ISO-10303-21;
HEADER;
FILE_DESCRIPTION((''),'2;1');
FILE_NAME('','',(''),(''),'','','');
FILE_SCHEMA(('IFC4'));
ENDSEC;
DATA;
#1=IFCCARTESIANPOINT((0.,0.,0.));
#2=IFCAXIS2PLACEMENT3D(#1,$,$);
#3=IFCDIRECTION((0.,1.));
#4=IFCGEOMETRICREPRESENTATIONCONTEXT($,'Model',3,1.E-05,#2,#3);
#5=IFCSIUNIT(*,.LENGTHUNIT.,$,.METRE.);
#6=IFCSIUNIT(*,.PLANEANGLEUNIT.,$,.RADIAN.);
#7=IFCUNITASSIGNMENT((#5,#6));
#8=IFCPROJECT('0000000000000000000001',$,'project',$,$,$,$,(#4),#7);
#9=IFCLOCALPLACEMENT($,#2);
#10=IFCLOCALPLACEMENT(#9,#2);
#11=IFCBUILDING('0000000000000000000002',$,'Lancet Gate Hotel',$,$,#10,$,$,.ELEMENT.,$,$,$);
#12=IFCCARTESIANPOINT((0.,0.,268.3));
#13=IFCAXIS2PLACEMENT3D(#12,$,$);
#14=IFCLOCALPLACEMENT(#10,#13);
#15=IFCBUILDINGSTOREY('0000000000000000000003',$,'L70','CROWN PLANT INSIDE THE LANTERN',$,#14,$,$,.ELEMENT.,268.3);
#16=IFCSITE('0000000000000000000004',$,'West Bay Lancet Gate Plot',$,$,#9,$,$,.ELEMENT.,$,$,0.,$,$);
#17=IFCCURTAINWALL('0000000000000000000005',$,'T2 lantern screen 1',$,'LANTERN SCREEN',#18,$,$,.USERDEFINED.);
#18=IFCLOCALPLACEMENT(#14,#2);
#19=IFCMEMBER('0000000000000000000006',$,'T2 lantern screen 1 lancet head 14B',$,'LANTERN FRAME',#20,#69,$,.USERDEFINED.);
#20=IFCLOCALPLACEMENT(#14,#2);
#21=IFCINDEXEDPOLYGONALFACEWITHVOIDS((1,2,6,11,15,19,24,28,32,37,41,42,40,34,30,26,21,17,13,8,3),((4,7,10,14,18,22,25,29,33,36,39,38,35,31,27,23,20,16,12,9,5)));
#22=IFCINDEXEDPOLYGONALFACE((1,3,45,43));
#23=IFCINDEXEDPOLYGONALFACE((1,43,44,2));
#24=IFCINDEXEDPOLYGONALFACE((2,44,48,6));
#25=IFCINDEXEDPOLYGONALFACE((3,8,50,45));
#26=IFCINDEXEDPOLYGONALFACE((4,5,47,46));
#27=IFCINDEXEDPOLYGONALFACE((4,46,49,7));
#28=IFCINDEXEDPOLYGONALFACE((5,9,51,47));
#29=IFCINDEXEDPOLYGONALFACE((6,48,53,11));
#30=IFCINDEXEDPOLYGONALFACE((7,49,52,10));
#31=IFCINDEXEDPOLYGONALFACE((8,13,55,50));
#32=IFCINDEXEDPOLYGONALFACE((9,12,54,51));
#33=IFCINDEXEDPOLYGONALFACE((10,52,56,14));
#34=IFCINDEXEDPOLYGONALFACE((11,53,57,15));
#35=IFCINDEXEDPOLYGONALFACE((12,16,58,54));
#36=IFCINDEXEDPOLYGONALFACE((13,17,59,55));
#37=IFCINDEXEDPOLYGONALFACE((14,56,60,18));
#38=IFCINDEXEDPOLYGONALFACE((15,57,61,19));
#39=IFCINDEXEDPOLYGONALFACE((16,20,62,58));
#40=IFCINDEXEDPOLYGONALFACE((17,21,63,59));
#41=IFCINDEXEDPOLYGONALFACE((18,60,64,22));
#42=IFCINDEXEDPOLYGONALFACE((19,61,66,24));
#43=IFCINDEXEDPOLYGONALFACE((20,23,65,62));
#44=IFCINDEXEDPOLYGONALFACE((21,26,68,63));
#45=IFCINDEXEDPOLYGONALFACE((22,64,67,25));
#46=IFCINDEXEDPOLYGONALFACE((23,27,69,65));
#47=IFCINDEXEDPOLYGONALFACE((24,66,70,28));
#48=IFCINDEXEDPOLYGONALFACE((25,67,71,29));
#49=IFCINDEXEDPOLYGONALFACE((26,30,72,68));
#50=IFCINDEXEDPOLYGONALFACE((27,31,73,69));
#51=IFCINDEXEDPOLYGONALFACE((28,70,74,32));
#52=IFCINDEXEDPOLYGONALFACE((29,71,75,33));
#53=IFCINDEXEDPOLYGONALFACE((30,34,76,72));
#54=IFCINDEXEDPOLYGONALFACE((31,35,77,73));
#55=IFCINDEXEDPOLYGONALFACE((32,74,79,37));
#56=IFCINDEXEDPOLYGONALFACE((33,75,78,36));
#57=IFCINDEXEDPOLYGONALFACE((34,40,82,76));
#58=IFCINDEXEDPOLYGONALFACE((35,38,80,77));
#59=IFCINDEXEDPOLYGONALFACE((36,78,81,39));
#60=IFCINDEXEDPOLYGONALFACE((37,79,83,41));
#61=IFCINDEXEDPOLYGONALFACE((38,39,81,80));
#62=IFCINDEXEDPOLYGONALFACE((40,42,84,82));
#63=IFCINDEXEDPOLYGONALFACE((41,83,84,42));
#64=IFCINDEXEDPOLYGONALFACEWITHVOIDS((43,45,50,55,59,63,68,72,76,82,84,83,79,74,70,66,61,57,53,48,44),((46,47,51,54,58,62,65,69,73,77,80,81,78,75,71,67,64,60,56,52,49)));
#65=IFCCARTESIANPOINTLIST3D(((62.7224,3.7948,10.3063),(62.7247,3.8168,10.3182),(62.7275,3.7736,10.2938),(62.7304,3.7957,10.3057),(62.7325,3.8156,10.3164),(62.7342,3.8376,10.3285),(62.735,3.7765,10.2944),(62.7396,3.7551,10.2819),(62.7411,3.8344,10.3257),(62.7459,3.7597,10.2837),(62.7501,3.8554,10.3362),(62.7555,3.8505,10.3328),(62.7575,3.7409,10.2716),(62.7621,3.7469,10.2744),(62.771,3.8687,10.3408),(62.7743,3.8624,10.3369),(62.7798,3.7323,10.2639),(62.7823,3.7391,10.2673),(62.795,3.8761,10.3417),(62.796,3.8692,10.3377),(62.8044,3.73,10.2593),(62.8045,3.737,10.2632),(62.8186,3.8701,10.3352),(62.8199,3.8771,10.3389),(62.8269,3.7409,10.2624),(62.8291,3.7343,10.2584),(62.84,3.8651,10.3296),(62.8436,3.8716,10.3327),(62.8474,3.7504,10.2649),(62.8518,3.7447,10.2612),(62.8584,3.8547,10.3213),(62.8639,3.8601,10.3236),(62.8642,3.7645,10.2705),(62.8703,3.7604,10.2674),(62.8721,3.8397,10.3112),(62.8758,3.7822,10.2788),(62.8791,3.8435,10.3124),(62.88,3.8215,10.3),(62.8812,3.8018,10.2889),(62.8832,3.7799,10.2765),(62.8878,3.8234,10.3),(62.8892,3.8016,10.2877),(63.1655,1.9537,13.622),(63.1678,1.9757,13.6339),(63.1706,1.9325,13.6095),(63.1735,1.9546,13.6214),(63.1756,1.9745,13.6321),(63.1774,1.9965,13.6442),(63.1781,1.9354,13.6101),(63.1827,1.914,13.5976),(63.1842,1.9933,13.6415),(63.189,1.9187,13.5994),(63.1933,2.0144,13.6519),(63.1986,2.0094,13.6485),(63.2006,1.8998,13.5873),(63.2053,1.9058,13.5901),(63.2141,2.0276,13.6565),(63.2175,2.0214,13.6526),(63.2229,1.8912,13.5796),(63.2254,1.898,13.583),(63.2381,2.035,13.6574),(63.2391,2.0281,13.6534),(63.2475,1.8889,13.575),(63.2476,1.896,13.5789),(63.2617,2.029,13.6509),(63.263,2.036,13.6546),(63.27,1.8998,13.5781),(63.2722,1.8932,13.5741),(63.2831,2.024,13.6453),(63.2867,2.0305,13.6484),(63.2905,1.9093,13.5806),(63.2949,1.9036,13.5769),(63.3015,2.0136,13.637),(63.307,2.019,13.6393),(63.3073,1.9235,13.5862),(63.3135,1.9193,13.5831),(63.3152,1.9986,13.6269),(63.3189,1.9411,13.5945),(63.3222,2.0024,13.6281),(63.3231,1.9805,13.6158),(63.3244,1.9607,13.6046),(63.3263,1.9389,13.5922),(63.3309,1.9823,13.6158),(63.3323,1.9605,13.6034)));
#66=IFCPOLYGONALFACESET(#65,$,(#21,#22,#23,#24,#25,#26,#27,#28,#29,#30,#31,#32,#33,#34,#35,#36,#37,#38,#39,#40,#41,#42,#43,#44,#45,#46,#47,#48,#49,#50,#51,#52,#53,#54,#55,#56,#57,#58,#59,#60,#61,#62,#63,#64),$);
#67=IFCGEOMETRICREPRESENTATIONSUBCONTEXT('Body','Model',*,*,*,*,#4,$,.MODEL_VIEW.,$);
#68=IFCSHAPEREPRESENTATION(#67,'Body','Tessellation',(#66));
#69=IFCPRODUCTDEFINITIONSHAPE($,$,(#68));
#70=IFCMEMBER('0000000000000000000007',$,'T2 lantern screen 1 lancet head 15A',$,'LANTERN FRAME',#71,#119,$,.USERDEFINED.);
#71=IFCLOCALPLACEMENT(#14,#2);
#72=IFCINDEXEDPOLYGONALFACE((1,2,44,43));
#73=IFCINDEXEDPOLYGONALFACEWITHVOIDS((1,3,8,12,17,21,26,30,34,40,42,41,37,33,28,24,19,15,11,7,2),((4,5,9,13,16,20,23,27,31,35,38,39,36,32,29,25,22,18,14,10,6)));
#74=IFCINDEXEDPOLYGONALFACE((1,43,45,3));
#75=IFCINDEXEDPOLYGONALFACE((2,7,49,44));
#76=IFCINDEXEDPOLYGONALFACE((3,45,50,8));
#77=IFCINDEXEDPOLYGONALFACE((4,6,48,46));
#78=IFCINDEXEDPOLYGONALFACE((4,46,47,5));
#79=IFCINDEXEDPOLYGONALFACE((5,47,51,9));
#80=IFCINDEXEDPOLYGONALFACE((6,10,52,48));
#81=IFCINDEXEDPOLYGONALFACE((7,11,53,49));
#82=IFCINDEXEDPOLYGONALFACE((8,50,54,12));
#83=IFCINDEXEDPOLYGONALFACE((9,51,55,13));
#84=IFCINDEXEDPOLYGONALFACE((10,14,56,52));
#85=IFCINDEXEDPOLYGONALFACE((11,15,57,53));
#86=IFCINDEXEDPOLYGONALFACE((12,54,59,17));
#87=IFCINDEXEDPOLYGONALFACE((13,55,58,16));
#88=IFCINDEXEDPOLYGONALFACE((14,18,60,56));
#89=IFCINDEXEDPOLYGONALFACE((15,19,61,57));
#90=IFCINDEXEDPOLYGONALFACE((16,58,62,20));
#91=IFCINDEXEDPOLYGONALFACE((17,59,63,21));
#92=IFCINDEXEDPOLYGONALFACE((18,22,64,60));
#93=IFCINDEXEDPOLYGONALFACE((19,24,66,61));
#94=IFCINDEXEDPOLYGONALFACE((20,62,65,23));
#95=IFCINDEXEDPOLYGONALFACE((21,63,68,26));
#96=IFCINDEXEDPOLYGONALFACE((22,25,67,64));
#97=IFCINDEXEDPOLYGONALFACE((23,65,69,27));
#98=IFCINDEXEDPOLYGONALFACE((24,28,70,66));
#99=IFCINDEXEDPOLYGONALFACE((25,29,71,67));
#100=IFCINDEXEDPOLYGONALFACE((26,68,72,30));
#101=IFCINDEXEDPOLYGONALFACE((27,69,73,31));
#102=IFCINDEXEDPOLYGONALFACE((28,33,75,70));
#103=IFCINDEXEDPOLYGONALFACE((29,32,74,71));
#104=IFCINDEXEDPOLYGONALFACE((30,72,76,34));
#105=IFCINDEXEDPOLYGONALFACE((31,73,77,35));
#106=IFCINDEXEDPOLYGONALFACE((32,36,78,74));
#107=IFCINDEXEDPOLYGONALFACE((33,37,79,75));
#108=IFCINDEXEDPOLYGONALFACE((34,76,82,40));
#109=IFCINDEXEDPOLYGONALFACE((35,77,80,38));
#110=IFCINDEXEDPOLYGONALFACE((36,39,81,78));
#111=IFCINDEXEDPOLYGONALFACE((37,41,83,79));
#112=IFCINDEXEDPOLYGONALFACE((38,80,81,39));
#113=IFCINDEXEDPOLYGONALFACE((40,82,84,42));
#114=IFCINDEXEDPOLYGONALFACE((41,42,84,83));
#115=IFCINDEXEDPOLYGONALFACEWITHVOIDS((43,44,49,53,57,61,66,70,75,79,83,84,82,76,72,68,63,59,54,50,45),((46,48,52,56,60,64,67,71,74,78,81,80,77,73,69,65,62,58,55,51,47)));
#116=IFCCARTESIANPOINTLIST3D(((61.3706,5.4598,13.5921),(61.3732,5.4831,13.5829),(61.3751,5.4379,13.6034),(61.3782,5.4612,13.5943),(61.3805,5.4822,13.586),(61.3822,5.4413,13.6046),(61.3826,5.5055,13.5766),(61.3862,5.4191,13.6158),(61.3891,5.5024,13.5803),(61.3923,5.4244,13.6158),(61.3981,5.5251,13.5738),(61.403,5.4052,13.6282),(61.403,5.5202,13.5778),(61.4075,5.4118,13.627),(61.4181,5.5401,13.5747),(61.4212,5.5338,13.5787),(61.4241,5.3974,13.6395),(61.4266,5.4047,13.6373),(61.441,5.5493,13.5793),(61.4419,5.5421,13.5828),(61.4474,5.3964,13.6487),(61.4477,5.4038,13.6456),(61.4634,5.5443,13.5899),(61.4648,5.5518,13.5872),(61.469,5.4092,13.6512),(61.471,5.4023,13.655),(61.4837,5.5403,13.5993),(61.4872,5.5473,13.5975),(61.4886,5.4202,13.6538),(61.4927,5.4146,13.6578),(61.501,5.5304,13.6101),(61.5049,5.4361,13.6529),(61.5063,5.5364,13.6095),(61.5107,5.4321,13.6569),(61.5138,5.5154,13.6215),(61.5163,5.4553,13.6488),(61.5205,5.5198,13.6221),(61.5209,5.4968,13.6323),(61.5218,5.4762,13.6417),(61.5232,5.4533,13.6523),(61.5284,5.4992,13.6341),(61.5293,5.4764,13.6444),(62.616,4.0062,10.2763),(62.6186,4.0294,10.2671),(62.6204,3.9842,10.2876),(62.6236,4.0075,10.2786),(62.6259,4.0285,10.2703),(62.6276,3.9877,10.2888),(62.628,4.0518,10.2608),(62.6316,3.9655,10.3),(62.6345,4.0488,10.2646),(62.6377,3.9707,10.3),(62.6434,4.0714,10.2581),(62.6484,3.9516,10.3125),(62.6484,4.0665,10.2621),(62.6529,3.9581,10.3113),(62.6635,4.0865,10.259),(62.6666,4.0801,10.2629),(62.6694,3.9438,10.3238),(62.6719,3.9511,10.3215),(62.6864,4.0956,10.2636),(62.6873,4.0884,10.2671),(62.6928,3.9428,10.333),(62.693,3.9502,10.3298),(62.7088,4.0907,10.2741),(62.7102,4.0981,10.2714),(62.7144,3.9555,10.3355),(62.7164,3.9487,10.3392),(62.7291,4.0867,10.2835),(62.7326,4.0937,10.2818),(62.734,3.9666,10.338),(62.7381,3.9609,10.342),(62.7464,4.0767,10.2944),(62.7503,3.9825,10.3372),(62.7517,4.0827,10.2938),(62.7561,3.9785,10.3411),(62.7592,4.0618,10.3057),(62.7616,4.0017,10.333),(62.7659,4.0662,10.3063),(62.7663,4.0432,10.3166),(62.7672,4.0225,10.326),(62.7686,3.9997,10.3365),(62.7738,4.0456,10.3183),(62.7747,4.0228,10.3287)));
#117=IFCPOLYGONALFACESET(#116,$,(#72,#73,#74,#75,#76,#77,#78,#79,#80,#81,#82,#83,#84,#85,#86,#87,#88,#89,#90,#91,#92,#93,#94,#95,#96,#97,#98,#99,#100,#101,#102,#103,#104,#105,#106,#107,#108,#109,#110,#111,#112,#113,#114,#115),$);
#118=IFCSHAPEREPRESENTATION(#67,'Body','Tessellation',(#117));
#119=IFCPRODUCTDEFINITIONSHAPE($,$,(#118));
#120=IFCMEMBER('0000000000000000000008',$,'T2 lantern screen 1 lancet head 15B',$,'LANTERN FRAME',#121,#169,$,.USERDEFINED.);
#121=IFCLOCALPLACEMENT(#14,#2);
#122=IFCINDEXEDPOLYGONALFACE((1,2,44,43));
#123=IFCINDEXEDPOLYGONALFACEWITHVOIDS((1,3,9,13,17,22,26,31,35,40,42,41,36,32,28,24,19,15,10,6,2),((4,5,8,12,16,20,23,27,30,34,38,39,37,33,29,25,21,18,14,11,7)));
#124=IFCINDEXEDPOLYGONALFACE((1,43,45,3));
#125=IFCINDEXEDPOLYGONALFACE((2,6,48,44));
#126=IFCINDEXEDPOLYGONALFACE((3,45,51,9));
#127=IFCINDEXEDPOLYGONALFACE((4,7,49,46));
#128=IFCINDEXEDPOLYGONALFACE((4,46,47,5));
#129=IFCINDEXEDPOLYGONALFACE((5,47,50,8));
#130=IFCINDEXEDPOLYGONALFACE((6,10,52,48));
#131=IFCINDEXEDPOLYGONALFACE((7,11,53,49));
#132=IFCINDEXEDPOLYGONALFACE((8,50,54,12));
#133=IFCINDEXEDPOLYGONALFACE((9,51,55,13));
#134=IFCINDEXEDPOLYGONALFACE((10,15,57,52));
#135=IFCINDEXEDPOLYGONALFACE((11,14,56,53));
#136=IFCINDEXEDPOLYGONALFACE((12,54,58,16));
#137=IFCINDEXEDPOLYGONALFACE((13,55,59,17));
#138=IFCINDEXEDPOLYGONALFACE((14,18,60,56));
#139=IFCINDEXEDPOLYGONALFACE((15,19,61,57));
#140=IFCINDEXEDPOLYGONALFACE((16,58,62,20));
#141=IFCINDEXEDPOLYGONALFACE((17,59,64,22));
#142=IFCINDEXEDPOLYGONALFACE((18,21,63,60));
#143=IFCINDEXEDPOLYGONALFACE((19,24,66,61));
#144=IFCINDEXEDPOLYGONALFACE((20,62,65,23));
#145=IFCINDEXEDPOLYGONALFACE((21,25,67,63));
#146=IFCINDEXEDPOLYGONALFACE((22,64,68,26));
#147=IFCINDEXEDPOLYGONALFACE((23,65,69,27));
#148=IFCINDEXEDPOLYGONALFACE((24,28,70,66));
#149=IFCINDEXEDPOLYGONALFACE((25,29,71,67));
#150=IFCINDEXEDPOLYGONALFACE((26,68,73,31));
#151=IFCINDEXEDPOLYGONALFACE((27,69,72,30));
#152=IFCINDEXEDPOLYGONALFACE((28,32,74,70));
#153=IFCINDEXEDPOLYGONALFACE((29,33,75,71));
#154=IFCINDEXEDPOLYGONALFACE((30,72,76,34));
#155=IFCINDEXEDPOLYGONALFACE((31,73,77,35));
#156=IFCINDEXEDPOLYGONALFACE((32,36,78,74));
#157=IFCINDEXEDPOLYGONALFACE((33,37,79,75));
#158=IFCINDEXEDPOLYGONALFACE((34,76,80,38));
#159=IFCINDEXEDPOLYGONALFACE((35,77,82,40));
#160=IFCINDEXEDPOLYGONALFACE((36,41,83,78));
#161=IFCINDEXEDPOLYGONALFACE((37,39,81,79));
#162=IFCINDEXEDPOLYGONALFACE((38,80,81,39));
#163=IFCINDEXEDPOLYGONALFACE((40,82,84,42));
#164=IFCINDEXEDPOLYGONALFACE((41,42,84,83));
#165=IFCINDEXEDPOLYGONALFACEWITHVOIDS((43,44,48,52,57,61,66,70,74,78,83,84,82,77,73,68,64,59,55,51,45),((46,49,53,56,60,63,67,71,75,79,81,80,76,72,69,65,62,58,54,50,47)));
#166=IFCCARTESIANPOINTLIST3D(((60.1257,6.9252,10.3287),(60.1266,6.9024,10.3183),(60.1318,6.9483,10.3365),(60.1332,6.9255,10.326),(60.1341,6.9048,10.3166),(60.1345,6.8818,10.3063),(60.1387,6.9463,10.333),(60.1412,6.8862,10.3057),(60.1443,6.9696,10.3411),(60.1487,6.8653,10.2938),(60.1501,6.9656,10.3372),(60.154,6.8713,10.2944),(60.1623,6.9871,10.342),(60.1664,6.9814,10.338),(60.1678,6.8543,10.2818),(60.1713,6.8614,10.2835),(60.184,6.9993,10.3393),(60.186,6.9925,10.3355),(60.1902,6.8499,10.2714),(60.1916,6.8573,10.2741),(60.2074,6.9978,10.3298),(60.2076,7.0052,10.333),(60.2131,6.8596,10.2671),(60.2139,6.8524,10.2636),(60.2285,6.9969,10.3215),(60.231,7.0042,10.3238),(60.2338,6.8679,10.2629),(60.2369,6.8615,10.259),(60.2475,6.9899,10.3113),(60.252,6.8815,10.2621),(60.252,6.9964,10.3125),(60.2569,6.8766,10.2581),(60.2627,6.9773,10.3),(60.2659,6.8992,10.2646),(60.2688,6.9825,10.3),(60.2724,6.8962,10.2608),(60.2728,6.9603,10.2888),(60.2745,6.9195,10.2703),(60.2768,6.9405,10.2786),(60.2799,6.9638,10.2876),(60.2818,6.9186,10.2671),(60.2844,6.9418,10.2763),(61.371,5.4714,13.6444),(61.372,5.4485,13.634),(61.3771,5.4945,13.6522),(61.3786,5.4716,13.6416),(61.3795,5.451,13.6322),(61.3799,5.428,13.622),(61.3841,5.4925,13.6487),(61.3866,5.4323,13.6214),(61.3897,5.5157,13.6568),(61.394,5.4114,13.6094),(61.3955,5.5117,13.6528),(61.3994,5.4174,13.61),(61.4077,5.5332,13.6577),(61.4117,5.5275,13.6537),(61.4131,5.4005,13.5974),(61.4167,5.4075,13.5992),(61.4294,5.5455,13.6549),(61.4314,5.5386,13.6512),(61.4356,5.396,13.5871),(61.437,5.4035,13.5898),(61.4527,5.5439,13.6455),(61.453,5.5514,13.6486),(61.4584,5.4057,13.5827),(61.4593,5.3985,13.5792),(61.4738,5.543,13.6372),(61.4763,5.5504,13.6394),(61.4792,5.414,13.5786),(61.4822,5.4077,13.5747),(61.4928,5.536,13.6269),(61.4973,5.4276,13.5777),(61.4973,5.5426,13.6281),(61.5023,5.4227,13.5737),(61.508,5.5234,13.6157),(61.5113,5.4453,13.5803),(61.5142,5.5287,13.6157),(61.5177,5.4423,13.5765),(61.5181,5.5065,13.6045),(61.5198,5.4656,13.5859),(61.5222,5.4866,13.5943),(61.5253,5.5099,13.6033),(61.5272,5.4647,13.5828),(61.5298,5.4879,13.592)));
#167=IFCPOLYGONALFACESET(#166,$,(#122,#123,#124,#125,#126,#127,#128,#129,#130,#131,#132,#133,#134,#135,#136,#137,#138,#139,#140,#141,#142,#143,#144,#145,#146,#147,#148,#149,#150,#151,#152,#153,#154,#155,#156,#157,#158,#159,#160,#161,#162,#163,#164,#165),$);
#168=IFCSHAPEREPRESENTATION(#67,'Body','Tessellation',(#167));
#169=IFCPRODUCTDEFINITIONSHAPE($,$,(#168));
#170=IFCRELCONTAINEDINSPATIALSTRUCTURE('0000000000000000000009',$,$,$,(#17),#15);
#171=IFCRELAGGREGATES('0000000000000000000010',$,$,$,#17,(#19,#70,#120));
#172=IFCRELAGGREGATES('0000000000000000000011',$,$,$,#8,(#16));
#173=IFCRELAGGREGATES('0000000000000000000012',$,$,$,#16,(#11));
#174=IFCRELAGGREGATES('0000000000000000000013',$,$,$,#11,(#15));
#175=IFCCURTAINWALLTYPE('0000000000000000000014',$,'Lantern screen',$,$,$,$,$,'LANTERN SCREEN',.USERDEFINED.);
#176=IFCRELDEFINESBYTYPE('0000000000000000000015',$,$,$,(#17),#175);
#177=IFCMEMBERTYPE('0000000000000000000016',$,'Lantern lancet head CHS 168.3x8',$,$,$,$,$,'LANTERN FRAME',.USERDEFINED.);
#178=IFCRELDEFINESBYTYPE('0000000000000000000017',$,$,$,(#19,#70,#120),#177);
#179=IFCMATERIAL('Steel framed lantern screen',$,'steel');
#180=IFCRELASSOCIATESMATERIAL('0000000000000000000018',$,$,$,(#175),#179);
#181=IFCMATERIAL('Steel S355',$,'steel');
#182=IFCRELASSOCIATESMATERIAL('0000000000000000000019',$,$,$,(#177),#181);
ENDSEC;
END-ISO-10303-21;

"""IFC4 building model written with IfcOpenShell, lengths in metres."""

from ifc_helpers import new_model, si_unit, direction, frame, origin, origin_2d, place, context, subcontext, project, spatial, hollow_circle, extrude, material, material_profile, profile_set, type_object, element, aggregate, save


model = new_model("IFC4")

# Units and contexts
model_context = context("Model", 3, precision=1e-05, world=origin(), true_north=direction((0.0, 1.0)))
body_context = subcontext(model_context, "Body", "Model", "MODEL_VIEW")
ifc_project = project(units=[si_unit("LENGTHUNIT", "METRE"), si_unit("PLANEANGLEUNIT", "RADIAN")], contexts=[model_context])

# Site, building, storey
site_placement = place(None, origin())
site = spatial("IfcSite", under=ifc_project, at=site_placement, Name="West Bay Lancet Gate Plot", CompositionType="ELEMENT", RefElevation=0.0)
building_placement = place(site_placement, origin())
building = spatial("IfcBuilding", under=site, at=building_placement, Name="Lancet Gate Hotel", CompositionType="ELEMENT")
storey_placement = place(building_placement, frame((0.0, 0.0, 268.3)))
storey = spatial("IfcBuildingStorey", under=building, at=storey_placement, Name="L70", Description="CROWN PLANT INSIDE THE LANTERN", CompositionType="ELEMENT", Elevation=268.3)

# Curtain wall, members
ifc_material_1 = material(Name="Steel framed lantern screen", Category="steel")
curtain_wall_type_1 = type_object("IfcCurtainWallType", Name="Lantern screen", ElementType="LANTERN SCREEN", PredefinedType="USERDEFINED", material=ifc_material_1)
curtain_wall_1_placement = place(storey_placement, origin())
curtain_wall_1 = element("IfcCurtainWall", 1, at=curtain_wall_1_placement, inside=storey, type_object=curtain_wall_type_1, Name="T2 lantern screen 1", ObjectType="LANTERN SCREEN", PredefinedType="USERDEFINED")
ifc_material_2 = material(Name="Steel S355", Category="steel")
ifc_material_profile_1 = material_profile(ifc_material_2, hollow_circle(Radius=0.0842, WallThickness=0.0081, at=origin_2d()), Name="CHS 168.3x8.0")
ifc_profile_set_1 = profile_set([ifc_material_profile_1], Name="Steel S355")
member_type_1 = type_object("IfcMemberType", Name="Lantern lancet head CHS 168.3x8", ElementType="LANTERN FRAME", PredefinedType="USERDEFINED", material=ifc_profile_set_1)
member_1_placement = place(storey_placement, frame((62.8059, 3.8037, 10.3), z_axis=(0.11605, -0.482166, 0.868359), x_axis=(0.972236, 0.234002, 0.0)))
member_1 = element("IfcMember", 2, at=member_1_placement, type_object=member_type_1, Name="T2 lantern screen 1 lancet head 14B", ObjectType="LANTERN FRAME", PredefinedType="USERDEFINED", context=body_context, shape_type="SweptSolid", body=[
    extrude(hollow_circle(Radius=0.0842, WallThickness=0.0081, at=origin_2d()), origin(), (0.0, 0.0, 1.0), 3.8184),
])
member_2_placement = place(storey_placement, frame((62.6956, 4.0203, 10.3), z_axis=(-0.325285, 0.37968, 0.866045), x_axis=(-0.75941, -0.650613, 0.0)))
member_2 = element("IfcMember", 3, at=member_2_placement, type_object=member_type_1, Name="T2 lantern screen 1 lancet head 15A", ObjectType="LANTERN FRAME", PredefinedType="USERDEFINED", context=body_context, shape_type="SweptSolid", body=[
    extrude(hollow_circle(Radius=0.0842, WallThickness=0.0081, at=origin_2d()), origin(), (0.0, 0.0, 1.0), 3.8286),
])
member_3_placement = place(storey_placement, frame((60.2048, 6.9277, 10.3), z_axis=(0.325277, -0.379734, 0.866024), x_axis=(0.759464, 0.65055, 0.0)))
member_3 = element("IfcMember", 4, at=member_3_placement, type_object=member_type_1, Name="T2 lantern screen 1 lancet head 15B", ObjectType="LANTERN FRAME", PredefinedType="USERDEFINED", context=body_context, shape_type="SweptSolid", body=[
    extrude(hollow_circle(Radius=0.0842, WallThickness=0.0081, at=origin_2d()), origin(), (0.0, 0.0, 1.0), 3.8286),
])

aggregate(curtain_wall_1, [member_1, member_2, member_3])

save(model, "model.ifc")
